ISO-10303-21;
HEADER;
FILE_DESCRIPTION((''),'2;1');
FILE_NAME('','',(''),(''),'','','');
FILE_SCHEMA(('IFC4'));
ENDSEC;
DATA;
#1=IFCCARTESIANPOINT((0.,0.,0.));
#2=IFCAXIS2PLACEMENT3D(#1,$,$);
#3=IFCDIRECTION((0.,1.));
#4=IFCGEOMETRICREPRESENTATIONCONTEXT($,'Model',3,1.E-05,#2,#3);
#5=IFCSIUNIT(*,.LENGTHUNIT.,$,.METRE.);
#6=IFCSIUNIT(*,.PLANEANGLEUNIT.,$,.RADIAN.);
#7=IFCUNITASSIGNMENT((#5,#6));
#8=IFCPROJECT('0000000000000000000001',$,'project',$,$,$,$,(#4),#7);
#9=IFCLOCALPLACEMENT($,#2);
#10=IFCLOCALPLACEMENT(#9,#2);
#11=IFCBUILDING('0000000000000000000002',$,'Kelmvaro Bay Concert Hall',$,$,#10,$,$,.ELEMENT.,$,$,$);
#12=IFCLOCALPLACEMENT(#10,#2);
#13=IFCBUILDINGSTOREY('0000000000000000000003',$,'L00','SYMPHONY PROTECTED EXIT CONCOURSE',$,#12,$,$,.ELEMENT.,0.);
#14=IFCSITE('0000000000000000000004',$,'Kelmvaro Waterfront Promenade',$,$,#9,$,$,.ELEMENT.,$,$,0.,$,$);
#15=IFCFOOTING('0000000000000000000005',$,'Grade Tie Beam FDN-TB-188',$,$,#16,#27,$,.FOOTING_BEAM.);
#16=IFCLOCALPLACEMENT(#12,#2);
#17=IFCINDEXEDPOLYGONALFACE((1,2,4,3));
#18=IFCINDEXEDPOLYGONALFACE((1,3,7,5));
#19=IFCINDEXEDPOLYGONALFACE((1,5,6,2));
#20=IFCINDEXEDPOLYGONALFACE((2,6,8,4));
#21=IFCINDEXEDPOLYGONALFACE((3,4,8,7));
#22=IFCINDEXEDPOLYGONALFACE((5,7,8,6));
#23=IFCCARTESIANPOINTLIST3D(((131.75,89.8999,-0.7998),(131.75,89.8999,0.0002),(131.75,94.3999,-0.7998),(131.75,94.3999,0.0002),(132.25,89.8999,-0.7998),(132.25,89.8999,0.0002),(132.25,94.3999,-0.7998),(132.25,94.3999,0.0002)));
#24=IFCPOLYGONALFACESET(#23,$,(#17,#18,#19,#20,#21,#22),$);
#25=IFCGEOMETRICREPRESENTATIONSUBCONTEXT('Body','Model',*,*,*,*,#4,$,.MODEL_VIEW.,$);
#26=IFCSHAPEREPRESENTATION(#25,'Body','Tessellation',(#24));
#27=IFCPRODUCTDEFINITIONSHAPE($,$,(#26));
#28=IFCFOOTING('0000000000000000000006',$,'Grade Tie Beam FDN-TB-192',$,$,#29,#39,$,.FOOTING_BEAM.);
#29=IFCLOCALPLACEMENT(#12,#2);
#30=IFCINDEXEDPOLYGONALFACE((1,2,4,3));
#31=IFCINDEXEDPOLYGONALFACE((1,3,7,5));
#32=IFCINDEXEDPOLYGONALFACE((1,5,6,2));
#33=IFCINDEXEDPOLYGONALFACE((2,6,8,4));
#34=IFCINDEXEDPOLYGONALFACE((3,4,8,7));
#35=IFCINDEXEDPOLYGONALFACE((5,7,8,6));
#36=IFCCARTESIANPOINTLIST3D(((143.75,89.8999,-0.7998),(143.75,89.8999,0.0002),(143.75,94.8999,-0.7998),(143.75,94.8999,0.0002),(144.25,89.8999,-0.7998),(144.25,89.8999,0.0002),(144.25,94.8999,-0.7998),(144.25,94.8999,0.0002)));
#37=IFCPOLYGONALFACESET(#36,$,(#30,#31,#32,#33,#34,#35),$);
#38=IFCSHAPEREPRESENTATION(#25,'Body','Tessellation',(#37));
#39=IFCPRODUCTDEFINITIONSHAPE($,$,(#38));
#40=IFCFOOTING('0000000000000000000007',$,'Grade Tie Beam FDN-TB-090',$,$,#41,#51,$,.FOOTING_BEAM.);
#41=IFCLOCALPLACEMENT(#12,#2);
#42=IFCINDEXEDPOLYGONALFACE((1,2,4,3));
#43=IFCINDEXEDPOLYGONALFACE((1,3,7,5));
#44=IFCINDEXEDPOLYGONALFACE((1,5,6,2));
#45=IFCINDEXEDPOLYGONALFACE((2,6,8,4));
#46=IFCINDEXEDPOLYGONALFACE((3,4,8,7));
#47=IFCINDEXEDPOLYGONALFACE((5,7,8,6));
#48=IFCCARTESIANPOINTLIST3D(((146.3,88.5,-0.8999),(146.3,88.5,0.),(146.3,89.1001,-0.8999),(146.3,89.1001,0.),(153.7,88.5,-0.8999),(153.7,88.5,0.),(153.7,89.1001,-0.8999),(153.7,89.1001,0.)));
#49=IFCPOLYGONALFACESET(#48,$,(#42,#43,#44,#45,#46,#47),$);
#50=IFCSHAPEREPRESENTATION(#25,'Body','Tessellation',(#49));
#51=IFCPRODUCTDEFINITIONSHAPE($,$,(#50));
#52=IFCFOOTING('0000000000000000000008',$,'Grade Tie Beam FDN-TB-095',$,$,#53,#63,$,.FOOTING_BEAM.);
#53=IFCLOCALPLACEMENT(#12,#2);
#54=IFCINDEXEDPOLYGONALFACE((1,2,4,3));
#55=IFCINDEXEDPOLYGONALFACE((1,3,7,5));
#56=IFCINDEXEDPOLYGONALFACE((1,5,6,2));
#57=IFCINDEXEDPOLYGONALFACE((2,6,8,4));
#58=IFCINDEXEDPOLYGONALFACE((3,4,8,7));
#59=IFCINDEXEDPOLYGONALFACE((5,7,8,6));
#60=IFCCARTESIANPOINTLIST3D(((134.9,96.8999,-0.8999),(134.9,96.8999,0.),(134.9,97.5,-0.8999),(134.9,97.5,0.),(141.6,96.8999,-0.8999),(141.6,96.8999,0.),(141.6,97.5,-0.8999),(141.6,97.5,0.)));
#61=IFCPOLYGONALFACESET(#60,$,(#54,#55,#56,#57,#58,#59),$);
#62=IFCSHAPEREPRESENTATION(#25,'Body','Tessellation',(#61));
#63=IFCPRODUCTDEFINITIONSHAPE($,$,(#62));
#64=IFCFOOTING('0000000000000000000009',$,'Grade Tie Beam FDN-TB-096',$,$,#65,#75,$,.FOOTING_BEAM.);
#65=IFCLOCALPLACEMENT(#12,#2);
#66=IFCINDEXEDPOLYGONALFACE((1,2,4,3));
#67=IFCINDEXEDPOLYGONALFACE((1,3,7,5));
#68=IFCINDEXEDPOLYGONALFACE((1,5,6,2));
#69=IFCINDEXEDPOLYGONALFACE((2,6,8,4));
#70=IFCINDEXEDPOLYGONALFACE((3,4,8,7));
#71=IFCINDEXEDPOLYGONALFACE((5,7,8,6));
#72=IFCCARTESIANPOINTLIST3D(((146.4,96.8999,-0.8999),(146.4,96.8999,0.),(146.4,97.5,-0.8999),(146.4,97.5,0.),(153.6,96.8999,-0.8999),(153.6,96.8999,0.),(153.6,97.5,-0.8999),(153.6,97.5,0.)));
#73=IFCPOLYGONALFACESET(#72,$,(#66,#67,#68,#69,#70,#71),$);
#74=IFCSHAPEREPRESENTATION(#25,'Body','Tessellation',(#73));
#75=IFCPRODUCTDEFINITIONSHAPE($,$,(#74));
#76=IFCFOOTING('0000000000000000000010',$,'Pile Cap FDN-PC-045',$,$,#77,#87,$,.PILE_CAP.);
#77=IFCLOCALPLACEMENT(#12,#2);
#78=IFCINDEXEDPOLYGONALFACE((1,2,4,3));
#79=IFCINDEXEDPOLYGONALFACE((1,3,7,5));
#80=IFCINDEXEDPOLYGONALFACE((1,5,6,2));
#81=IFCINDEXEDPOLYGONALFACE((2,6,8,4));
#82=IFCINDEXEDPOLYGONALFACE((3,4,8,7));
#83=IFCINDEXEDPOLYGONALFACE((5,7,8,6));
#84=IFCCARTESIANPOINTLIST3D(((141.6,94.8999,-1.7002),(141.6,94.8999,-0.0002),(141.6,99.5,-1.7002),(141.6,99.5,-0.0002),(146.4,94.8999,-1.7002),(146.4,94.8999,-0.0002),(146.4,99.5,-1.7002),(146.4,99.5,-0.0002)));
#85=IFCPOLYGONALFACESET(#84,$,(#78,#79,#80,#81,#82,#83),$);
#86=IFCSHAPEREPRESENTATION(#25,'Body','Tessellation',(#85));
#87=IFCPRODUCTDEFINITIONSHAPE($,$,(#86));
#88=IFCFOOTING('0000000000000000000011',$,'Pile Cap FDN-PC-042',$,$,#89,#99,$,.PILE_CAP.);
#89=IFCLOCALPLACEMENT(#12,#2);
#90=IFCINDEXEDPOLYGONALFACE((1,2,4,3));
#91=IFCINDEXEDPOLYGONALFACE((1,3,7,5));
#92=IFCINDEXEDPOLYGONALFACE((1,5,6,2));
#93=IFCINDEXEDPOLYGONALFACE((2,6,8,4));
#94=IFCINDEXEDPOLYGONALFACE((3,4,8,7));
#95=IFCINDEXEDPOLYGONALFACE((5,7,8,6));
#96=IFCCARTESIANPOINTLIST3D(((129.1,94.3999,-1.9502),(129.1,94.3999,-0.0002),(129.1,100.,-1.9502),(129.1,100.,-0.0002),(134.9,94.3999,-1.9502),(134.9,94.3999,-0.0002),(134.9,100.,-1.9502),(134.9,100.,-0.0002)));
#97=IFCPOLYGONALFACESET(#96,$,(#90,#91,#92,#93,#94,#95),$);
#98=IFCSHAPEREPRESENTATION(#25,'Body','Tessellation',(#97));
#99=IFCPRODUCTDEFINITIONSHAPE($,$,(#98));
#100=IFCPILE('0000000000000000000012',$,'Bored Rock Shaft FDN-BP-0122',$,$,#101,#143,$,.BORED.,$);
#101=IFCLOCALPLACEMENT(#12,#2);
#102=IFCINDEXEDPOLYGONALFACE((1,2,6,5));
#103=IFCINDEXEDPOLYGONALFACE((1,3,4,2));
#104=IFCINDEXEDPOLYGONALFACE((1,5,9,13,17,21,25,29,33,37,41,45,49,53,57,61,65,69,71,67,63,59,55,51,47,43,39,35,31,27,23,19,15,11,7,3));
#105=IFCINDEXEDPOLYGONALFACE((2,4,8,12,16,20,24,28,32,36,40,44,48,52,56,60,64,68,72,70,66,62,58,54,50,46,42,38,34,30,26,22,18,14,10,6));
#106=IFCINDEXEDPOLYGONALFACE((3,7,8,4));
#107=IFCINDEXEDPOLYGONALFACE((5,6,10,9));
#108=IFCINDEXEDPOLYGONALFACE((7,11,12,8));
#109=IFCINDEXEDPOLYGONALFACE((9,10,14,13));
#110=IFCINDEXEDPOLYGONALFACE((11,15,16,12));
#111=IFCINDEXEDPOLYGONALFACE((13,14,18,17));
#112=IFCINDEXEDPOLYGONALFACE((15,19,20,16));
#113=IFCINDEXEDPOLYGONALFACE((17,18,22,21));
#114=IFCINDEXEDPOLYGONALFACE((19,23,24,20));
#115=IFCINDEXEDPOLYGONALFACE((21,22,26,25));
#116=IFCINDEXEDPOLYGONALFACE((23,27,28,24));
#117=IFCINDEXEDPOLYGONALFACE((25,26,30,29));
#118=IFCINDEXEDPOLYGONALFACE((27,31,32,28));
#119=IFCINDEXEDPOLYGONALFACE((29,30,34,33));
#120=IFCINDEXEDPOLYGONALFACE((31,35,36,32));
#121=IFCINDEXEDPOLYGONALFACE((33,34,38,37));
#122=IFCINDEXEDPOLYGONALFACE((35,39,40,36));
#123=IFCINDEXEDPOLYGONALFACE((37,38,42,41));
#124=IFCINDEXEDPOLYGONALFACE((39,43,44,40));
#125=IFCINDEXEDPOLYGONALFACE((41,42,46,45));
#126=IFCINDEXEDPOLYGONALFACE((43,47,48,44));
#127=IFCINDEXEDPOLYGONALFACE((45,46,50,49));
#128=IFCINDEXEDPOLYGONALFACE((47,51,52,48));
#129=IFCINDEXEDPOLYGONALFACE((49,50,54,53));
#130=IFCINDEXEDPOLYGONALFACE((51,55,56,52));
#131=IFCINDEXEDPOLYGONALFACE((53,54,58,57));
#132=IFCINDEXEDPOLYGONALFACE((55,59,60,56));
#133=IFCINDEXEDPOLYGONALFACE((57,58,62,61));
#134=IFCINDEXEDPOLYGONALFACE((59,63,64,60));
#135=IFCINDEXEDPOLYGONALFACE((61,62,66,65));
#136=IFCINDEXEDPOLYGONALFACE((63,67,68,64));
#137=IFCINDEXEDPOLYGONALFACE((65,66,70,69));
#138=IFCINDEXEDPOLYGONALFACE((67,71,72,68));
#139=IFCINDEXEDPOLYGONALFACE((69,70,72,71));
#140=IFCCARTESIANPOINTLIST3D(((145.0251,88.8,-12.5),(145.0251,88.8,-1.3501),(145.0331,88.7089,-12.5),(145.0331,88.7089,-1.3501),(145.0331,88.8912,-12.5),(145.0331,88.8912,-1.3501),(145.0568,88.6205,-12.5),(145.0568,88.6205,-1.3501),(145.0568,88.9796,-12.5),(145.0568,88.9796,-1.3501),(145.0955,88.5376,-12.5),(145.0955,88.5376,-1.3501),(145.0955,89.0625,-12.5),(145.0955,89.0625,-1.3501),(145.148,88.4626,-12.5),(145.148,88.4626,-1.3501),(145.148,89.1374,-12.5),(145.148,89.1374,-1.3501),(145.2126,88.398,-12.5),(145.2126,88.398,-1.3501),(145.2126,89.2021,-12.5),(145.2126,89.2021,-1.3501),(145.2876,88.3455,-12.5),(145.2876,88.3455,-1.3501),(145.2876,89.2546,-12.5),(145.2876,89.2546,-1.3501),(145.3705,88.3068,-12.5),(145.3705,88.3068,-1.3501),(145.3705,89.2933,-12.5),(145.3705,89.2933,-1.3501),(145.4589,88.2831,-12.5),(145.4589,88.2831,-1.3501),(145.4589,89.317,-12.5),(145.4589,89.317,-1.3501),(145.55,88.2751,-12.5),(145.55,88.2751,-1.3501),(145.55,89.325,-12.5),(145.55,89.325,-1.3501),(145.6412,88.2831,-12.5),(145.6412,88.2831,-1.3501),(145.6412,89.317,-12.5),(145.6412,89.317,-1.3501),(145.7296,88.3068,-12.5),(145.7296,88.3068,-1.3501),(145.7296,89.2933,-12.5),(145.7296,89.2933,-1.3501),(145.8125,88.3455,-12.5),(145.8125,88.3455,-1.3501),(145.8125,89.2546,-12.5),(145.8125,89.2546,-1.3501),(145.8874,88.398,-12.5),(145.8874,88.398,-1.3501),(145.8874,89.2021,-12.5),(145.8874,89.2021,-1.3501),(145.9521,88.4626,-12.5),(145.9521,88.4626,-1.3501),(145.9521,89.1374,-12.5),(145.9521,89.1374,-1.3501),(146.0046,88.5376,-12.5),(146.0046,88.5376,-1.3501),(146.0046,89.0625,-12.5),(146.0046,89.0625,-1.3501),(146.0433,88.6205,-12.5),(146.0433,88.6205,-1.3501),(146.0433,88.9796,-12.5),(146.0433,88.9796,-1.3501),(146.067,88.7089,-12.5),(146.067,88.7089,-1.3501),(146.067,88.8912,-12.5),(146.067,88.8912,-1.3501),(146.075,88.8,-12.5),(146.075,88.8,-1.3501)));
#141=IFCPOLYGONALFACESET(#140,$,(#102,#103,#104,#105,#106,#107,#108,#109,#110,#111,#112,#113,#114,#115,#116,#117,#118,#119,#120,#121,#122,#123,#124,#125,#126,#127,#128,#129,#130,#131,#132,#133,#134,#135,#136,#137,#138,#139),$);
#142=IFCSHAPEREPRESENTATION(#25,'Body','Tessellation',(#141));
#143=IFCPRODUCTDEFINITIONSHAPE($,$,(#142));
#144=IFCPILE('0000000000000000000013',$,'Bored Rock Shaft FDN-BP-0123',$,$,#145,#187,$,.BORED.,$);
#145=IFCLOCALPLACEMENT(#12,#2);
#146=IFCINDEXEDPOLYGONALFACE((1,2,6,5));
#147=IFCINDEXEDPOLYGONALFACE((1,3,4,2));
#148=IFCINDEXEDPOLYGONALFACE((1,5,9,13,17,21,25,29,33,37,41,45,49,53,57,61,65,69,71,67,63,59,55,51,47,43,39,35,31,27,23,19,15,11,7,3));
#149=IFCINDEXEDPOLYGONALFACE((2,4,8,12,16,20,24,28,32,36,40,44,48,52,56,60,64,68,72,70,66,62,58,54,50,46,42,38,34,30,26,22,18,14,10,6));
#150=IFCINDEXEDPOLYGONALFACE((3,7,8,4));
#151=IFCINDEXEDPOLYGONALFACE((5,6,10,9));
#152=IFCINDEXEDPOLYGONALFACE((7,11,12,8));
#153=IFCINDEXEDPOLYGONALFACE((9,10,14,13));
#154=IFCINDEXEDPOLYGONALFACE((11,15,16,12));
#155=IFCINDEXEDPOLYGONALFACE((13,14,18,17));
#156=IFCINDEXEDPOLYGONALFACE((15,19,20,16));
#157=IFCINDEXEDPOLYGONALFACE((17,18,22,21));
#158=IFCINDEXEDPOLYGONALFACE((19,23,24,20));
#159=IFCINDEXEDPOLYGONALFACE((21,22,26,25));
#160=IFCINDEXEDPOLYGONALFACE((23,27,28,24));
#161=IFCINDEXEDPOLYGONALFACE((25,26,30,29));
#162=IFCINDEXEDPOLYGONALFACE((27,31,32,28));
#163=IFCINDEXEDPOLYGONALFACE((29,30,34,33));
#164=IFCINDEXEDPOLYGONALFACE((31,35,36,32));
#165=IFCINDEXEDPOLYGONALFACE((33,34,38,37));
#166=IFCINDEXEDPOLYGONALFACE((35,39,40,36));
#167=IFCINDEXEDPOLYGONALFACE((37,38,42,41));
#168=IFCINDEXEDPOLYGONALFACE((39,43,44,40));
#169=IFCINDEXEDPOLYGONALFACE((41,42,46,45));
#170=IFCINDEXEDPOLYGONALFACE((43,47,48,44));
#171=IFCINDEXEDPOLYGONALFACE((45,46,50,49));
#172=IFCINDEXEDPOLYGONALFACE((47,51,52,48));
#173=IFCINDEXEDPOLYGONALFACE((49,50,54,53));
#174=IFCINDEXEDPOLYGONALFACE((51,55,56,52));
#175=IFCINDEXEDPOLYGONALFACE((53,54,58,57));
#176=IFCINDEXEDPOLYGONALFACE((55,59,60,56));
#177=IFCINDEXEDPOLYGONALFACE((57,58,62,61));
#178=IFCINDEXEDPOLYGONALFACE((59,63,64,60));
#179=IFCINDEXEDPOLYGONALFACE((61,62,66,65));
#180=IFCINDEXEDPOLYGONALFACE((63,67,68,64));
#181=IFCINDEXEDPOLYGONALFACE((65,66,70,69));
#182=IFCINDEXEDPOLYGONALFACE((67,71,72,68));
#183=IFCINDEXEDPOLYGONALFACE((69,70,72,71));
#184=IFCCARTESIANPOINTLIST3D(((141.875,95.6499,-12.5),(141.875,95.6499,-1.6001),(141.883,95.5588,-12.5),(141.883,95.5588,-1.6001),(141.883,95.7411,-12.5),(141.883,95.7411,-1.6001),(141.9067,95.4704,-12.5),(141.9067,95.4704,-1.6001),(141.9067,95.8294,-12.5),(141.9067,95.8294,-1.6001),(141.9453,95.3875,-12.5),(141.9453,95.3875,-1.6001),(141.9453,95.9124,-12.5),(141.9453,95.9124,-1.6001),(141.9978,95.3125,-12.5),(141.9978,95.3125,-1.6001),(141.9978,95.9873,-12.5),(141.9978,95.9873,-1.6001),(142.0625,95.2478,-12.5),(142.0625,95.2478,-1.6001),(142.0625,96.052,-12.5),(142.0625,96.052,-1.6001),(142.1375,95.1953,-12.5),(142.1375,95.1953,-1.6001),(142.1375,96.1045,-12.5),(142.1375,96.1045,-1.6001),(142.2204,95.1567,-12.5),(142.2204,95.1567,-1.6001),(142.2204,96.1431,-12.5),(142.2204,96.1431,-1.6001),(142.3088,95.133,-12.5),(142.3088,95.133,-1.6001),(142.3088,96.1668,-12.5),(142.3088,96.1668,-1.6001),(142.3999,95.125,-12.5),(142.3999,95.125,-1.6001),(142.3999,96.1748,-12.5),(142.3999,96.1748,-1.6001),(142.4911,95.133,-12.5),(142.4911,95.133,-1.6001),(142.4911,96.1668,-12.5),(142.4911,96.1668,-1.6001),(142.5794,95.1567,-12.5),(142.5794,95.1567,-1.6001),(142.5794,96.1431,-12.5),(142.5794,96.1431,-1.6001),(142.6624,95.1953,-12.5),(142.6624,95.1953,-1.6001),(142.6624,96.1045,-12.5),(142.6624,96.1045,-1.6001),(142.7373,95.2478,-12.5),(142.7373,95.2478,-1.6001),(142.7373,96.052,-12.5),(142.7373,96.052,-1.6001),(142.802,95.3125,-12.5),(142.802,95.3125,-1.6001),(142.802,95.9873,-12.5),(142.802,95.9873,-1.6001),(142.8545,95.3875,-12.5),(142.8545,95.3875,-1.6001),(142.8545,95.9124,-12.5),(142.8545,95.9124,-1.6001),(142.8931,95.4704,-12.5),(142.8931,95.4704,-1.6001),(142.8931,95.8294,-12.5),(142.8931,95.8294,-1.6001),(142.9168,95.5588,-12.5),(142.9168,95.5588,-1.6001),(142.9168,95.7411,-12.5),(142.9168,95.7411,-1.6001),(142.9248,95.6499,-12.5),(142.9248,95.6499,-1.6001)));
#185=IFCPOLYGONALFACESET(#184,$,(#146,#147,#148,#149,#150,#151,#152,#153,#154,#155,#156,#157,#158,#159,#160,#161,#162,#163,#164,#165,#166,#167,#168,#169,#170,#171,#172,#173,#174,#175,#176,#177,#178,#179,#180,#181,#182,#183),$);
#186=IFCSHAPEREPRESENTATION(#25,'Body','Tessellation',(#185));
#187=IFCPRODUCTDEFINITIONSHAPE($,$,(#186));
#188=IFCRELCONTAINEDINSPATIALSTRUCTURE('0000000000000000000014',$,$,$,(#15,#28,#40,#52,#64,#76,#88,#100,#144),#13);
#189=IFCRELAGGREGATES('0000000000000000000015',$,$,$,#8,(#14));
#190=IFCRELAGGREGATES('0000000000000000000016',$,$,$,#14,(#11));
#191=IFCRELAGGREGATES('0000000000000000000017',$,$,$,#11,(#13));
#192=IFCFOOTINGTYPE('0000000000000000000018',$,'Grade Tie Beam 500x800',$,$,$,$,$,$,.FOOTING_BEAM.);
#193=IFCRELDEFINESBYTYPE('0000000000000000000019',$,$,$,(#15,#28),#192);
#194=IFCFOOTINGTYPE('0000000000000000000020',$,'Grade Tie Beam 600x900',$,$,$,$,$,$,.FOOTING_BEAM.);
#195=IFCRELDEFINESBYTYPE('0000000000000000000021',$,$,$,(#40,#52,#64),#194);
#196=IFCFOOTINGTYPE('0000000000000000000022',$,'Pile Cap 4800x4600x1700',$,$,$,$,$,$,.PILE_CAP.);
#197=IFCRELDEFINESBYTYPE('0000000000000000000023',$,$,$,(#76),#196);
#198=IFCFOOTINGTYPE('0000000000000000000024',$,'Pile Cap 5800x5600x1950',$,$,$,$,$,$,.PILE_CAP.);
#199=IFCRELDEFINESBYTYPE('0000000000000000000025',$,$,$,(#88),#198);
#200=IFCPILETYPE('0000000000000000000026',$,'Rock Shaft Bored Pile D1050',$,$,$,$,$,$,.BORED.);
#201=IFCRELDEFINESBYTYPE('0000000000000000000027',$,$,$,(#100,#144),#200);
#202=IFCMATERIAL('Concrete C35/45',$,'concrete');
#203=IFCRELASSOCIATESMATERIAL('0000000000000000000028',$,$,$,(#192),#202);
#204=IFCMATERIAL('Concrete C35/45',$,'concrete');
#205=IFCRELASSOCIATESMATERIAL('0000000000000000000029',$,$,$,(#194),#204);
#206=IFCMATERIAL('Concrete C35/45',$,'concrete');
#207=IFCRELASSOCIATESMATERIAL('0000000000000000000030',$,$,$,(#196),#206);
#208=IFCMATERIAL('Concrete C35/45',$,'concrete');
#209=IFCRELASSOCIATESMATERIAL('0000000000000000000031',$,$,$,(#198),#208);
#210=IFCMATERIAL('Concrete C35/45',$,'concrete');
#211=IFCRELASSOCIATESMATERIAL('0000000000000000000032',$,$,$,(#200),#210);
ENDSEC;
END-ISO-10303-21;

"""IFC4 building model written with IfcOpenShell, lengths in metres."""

from ifc_helpers import new_model, si_unit, direction, frame, origin, origin_2d, place, context, subcontext, project, spatial, rectangle, circle, extrude, material, material_profile, profile_set, type_object, element, save


model = new_model("IFC4")

# Units and contexts
model_context = context("Model", 3, precision=1e-05, world=origin(), true_north=direction((0.0, 1.0)))
body_context = subcontext(model_context, "Body", "Model", "MODEL_VIEW")
ifc_project = project(units=[si_unit("LENGTHUNIT", "METRE"), si_unit("PLANEANGLEUNIT", "RADIAN")], contexts=[model_context])

# Site, building, storey
site_placement = place(None, origin())
site = spatial("IfcSite", under=ifc_project, at=site_placement, Name="Kelmvaro Waterfront Promenade", CompositionType="ELEMENT", RefElevation=0.0)
building_placement = place(site_placement, origin())
building = spatial("IfcBuilding", under=site, at=building_placement, Name="Kelmvaro Bay Concert Hall", CompositionType="ELEMENT")
storey_placement = place(building_placement, origin())
storey = spatial("IfcBuildingStorey", under=building, at=storey_placement, Name="L00", Description="SYMPHONY PROTECTED EXIT CONCOURSE", CompositionType="ELEMENT", Elevation=0.0)

# Footings
ifc_material_1 = material(Name="Concrete C35/45", Category="concrete")
footing_type_1 = type_object("IfcFootingType", Name="Grade Tie Beam 500x800", PredefinedType="FOOTING_BEAM", material=ifc_material_1)
footing_1_placement = place(storey_placement, frame((132.0, 92.1499, -0.7998), z_axis=(0.0, 0.0, 1.0), x_axis=(0.0, 1.0, 0.0)))
element("IfcFooting", 1, at=footing_1_placement, inside=storey, type_object=footing_type_1, Name="Grade Tie Beam FDN-TB-188", PredefinedType="FOOTING_BEAM", context=body_context, shape_type="SweptSolid", body=[
    extrude(rectangle(XDim=4.5, YDim=0.5, at=origin_2d()), origin(), (0.0, 0.0, 1.0), 0.8),
])
footing_2_placement = place(storey_placement, frame((144.0, 92.3999, -0.7998), z_axis=(0.0, 0.0, 1.0), x_axis=(0.0, 1.0, 0.0)))
element("IfcFooting", 2, at=footing_2_placement, inside=storey, type_object=footing_type_1, Name="Grade Tie Beam FDN-TB-192", PredefinedType="FOOTING_BEAM", context=body_context, shape_type="SweptSolid", body=[
    extrude(rectangle(XDim=5.0, YDim=0.5, at=origin_2d()), origin(), (0.0, 0.0, 1.0), 0.8),
])
ifc_material_2 = material(Name="Concrete C35/45", Category="concrete")
footing_type_2 = type_object("IfcFootingType", Name="Grade Tie Beam 600x900", PredefinedType="FOOTING_BEAM", material=ifc_material_2)
footing_3_placement = place(storey_placement, frame((150.0, 88.8, -0.8999), z_axis=(0.0, 0.0, 1.0), x_axis=(1.0, 0.0, 0.0)))
element("IfcFooting", 3, at=footing_3_placement, inside=storey, type_object=footing_type_2, Name="Grade Tie Beam FDN-TB-090", PredefinedType="FOOTING_BEAM", context=body_context, shape_type="SweptSolid", body=[
    extrude(rectangle(XDim=7.3999, YDim=0.6001, at=origin_2d()), origin(), (0.0, 0.0, 1.0), 0.8999),
])
footing_4_placement = place(storey_placement, frame((138.25, 97.2, -0.8999), z_axis=(0.0, 0.0, 1.0), x_axis=(1.0, 0.0, 0.0)))
element("IfcFooting", 4, at=footing_4_placement, inside=storey, type_object=footing_type_2, Name="Grade Tie Beam FDN-TB-095", PredefinedType="FOOTING_BEAM", context=body_context, shape_type="SweptSolid", body=[
    extrude(rectangle(XDim=6.7, YDim=0.6001, at=origin_2d()), origin(), (0.0, 0.0, 1.0), 0.8999),
])
footing_5_placement = place(storey_placement, frame((150.0, 97.2, -0.8999), z_axis=(0.0, 0.0, 1.0), x_axis=(1.0, 0.0, 0.0)))
element("IfcFooting", 5, at=footing_5_placement, inside=storey, type_object=footing_type_2, Name="Grade Tie Beam FDN-TB-096", PredefinedType="FOOTING_BEAM", context=body_context, shape_type="SweptSolid", body=[
    extrude(rectangle(XDim=7.2, YDim=0.6001, at=origin_2d()), origin(), (0.0, 0.0, 1.0), 0.8999),
])
ifc_material_3 = material(Name="Concrete C35/45", Category="concrete")
footing_type_3 = type_object("IfcFootingType", Name="Pile Cap 4800x4600x1700", PredefinedType="PILE_CAP", material=ifc_material_3)
footing_6_placement = place(storey_placement, frame((144.0, 97.2, -1.7002), z_axis=(0.0, 0.0, 1.0), x_axis=(1.0, 0.0, 0.0)))
element("IfcFooting", 6, at=footing_6_placement, inside=storey, type_object=footing_type_3, Name="Pile Cap FDN-PC-045", PredefinedType="PILE_CAP", context=body_context, shape_type="SweptSolid", body=[
    extrude(rectangle(XDim=4.8, YDim=4.6001, at=origin_2d()), origin(), (0.0, 0.0, 1.0), 1.7),
])
ifc_material_4 = material(Name="Concrete C35/45", Category="concrete")
footing_type_4 = type_object("IfcFootingType", Name="Pile Cap 5800x5600x1950", PredefinedType="PILE_CAP", material=ifc_material_4)
footing_7_placement = place(storey_placement, frame((132.0, 97.2, -1.9502), z_axis=(0.0, 0.0, 1.0), x_axis=(1.0, 0.0, 0.0)))
element("IfcFooting", 7, at=footing_7_placement, inside=storey, type_object=footing_type_4, Name="Pile Cap FDN-PC-042", PredefinedType="PILE_CAP", context=body_context, shape_type="SweptSolid", body=[
    extrude(rectangle(XDim=5.8, YDim=5.6001, at=origin_2d()), origin(), (0.0, 0.0, 1.0), 1.95),
])

# Piles
ifc_material_5 = material(Name="Concrete C35/45", Category="concrete")
ifc_material_profile_1 = material_profile(ifc_material_5, circle(Radius=0.5249, at=origin_2d()), Name="PILE-BORED-1050")
ifc_profile_set_1 = profile_set([ifc_material_profile_1], Name="Concrete C35/45")
pile_type_1 = type_object("IfcPileType", Name="Rock Shaft Bored Pile D1050", PredefinedType="BORED", material=ifc_profile_set_1)
pile_placement = place(storey_placement, frame((145.55, 88.8, -1.3501), z_axis=(0.0, 0.0, -1.0), x_axis=(1.0, 0.0, 0.0)))
element("IfcPile", 8, at=pile_placement, inside=storey, type_object=pile_type_1, Name="Bored Rock Shaft FDN-BP-0122", PredefinedType="BORED", context=body_context, shape_type="SweptSolid", body=[
    extrude(circle(Radius=0.5249, at=origin_2d()), origin(), (0.0, 0.0, 1.0), 11.1499),
])
for number, where, z_axis, x_axis, name in (
    (9, (142.3999, 95.6499, -1.6001), (0.0, 0.0, -1.0), (1.0, 0.0, 0.0), "Bored Rock Shaft FDN-BP-0123"),
):
    element("IfcPile", number, at=place(storey_placement, frame(where, z_axis=z_axis, x_axis=x_axis)), inside=storey, type_object=pile_type_1, Name=name, PredefinedType="BORED", context=body_context, shape_type="SweptSolid", body=[
        extrude(circle(Radius=0.5249, at=origin_2d()), origin(), (0.0, 0.0, 1.0), 10.8999),
    ])

save(model, "model.ifc")
